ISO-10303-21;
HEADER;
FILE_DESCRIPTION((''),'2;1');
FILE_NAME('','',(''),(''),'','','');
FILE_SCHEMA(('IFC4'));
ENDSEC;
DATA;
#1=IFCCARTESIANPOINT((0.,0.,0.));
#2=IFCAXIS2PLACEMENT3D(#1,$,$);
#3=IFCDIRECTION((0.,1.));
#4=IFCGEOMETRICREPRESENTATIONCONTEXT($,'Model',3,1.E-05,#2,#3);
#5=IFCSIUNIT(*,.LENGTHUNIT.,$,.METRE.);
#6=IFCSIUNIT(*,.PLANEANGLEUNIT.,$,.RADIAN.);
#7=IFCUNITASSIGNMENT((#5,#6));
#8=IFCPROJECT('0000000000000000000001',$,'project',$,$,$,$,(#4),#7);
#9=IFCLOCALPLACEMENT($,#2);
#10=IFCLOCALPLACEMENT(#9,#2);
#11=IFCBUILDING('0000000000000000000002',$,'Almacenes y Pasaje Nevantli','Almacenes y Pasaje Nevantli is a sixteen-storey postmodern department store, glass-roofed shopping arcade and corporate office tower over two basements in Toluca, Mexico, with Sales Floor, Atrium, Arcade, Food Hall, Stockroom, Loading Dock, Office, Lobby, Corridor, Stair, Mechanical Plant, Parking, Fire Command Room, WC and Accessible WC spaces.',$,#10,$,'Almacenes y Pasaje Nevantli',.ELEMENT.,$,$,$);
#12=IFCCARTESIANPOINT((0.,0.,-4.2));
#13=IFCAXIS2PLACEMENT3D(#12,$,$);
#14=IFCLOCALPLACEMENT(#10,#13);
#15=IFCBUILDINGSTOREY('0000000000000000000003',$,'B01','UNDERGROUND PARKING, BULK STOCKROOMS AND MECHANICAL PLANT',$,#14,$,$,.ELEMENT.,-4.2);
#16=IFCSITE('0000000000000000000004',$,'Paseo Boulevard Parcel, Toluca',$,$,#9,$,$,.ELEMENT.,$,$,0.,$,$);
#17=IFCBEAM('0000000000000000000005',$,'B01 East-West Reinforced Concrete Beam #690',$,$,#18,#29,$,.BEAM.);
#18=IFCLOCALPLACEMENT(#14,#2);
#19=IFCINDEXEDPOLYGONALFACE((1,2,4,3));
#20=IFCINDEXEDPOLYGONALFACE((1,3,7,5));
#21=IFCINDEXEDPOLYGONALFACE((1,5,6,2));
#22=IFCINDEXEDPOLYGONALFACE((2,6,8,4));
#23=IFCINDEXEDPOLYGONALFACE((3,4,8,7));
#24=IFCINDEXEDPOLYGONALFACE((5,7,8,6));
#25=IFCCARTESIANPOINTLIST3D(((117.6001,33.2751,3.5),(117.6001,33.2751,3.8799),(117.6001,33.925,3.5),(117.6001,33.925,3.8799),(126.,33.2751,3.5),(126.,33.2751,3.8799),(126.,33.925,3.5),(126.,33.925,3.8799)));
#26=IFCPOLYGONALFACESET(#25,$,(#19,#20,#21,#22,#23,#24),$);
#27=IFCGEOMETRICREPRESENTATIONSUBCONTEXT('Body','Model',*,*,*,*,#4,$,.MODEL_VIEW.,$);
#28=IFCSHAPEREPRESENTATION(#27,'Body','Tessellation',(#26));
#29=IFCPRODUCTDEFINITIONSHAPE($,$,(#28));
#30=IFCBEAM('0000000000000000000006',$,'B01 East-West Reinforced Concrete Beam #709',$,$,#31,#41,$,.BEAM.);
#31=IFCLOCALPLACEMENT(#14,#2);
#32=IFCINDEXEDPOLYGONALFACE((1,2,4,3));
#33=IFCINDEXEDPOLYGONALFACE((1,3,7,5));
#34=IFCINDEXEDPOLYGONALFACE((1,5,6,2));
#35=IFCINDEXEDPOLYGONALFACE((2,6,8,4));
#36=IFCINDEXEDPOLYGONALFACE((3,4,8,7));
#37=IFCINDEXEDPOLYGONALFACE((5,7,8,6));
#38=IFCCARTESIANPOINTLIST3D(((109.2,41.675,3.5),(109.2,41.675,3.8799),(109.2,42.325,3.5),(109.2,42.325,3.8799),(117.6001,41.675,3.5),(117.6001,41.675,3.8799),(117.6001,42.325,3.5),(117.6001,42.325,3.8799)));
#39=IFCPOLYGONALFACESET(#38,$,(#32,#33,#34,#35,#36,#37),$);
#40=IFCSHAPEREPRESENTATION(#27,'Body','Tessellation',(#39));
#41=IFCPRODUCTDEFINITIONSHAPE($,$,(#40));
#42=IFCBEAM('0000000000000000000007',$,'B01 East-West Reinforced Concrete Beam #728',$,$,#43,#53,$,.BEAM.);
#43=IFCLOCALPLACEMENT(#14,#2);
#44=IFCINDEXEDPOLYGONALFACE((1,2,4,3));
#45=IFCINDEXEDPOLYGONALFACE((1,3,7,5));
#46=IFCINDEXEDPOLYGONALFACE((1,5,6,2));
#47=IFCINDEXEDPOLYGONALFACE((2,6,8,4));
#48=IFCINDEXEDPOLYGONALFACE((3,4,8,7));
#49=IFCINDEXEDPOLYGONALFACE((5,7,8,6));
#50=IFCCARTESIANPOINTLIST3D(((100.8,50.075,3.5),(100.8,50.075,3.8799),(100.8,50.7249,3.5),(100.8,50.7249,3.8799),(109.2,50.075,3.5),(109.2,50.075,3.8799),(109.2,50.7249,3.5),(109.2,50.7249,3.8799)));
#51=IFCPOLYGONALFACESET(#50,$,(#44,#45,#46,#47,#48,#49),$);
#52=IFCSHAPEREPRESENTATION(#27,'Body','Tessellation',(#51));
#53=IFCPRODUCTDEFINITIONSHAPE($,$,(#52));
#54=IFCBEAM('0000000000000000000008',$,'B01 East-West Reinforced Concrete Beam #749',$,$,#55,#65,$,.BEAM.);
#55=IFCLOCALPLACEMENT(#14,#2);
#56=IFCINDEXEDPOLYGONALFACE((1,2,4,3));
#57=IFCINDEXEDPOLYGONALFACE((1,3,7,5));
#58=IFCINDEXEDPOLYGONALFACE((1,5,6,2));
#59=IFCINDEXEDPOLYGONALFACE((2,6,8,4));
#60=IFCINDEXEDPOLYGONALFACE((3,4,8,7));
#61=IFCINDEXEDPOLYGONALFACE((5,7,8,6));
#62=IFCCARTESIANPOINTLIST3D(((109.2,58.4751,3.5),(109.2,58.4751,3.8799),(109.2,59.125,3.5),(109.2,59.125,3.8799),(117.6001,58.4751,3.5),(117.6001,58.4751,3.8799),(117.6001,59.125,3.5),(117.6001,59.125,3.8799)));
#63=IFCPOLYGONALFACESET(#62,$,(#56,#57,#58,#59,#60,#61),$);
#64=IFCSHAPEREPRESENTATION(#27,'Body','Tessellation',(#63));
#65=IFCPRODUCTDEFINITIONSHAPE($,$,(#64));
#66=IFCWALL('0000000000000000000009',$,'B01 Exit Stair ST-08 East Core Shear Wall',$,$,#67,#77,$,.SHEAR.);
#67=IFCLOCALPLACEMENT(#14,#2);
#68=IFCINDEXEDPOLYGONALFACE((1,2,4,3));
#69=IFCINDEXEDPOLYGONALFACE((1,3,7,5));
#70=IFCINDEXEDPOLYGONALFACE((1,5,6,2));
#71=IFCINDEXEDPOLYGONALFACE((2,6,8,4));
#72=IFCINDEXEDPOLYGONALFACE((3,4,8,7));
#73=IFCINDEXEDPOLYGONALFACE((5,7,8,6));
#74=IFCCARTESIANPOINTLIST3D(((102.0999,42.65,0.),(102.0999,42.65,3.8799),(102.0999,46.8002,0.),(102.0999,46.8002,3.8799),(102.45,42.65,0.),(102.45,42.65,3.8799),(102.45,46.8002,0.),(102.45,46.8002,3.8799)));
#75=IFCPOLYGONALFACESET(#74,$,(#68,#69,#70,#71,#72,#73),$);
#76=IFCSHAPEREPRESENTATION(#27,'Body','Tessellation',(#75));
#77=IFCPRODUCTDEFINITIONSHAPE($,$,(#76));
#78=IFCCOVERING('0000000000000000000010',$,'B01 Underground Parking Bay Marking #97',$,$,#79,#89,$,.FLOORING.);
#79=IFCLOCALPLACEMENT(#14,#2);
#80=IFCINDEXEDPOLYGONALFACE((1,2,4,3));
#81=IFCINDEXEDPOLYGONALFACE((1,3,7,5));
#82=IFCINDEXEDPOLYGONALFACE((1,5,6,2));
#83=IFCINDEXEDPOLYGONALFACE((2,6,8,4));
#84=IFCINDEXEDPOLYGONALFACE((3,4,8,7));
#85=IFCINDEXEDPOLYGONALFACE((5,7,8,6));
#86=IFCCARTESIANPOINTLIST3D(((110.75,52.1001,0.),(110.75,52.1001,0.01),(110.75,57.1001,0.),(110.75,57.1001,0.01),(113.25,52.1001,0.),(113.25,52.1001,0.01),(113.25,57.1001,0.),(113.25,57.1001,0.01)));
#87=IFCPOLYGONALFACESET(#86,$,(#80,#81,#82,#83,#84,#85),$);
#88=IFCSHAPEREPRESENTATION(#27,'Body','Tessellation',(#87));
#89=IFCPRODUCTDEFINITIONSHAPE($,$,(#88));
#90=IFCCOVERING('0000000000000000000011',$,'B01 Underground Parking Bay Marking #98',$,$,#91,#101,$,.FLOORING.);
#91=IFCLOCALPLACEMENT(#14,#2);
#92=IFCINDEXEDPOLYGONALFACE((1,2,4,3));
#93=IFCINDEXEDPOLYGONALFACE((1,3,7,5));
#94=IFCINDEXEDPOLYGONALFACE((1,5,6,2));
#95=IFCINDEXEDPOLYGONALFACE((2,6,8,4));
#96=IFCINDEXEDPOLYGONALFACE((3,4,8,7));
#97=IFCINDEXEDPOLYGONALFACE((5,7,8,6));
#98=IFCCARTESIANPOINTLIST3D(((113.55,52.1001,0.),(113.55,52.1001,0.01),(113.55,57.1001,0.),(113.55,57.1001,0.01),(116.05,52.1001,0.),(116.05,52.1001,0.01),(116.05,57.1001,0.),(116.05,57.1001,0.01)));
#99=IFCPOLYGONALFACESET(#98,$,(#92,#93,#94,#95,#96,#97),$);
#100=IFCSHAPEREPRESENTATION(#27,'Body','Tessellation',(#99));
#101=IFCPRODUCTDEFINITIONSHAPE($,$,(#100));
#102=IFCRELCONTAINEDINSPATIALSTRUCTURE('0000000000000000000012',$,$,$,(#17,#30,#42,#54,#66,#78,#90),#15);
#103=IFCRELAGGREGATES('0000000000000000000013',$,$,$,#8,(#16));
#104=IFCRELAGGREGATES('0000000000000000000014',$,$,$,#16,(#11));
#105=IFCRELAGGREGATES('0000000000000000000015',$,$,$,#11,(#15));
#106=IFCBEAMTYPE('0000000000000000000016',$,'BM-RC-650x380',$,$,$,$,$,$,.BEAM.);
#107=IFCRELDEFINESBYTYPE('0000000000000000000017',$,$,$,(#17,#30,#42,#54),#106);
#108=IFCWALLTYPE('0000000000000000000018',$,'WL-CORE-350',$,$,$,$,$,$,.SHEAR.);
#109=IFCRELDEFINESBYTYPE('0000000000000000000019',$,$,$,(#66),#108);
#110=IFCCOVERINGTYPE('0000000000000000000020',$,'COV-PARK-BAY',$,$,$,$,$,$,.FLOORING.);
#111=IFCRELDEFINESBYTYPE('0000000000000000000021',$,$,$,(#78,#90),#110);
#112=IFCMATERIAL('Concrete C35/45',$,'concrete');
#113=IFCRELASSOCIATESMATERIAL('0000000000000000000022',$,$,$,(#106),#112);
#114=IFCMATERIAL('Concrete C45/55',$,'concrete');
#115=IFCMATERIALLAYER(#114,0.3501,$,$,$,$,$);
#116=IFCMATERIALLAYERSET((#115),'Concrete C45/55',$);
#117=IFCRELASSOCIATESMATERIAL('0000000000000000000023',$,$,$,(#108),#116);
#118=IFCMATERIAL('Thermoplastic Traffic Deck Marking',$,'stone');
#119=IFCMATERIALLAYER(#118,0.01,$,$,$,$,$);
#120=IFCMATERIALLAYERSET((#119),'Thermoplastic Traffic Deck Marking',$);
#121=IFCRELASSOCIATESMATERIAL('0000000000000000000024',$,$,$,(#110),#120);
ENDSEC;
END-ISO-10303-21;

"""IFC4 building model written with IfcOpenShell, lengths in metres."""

from ifc_helpers import new_model, si_unit, direction, frame, frame_2d, origin, origin_2d, place, context, subcontext, project, spatial, rectangle, extrude, material, layer, layer_set, material_profile, profile_set, type_object, element, save


model = new_model("IFC4")

# Units and contexts
model_context = context("Model", 3, precision=1e-05, world=origin(), true_north=direction((0.0, 1.0)))
body_context = subcontext(model_context, "Body", "Model", "MODEL_VIEW")
ifc_project = project(units=[si_unit("LENGTHUNIT", "METRE"), si_unit("PLANEANGLEUNIT", "RADIAN")], contexts=[model_context])

# Site, building, storey
site_placement = place(None, origin())
site = spatial("IfcSite", under=ifc_project, at=site_placement, Name="Paseo Boulevard Parcel, Toluca", CompositionType="ELEMENT", RefElevation=0.0)
building_placement = place(site_placement, origin())
building = spatial("IfcBuilding", under=site, at=building_placement, Name="Almacenes y Pasaje Nevantli", Description="Almacenes y Pasaje Nevantli is a sixteen-storey postmodern department store, glass-roofed shopping arcade and corporate office tower over two basements in Toluca, Mexico, with Sales Floor, Atrium, Arcade, Food Hall, Stockroom, Loading Dock, Office, Lobby, Corridor, Stair, Mechanical Plant, Parking, Fire Command Room, WC and Accessible WC spaces.", LongName="Almacenes y Pasaje Nevantli", CompositionType="ELEMENT")
storey_placement = place(building_placement, frame((0.0, 0.0, -4.2)))
storey = spatial("IfcBuildingStorey", under=building, at=storey_placement, Name="B01", Description="UNDERGROUND PARKING, BULK STOCKROOMS AND MECHANICAL PLANT", CompositionType="ELEMENT", Elevation=-4.2)

# Beams
ifc_material_1 = material(Name="Concrete C35/45", Category="concrete")
ifc_material_profile_1 = material_profile(ifc_material_1, rectangle(XDim=0.6499, YDim=0.3799, at=origin_2d()), Name="RC-BM-650x380")
ifc_profile_set_1 = profile_set([ifc_material_profile_1], Name="Concrete C35/45")
beam_type_1 = type_object("IfcBeamType", Name="BM-RC-650x380", PredefinedType="BEAM", material=ifc_profile_set_1)
beam_1_placement = place(storey_placement, frame((117.6001, 33.6001, 3.6899), z_axis=(1.0, 0.0, 0.0), x_axis=(0.0, 1.0, 0.0)))
element("IfcBeam", 1, at=beam_1_placement, inside=storey, type_object=beam_type_1, Name="B01 East-West Reinforced Concrete Beam #690", PredefinedType="BEAM", context=body_context, shape_type="SweptSolid", body=[
    extrude(rectangle(XDim=0.6499, YDim=0.3799, at=origin_2d()), origin(), (0.0, 0.0, 1.0), 8.3999),
])
beam_2_placement = place(storey_placement, frame((109.2, 42.0, 3.6899), z_axis=(1.0, 0.0, 0.0), x_axis=(0.0, 1.0, 0.0)))
element("IfcBeam", 2, at=beam_2_placement, inside=storey, type_object=beam_type_1, Name="B01 East-West Reinforced Concrete Beam #709", PredefinedType="BEAM", context=body_context, shape_type="SweptSolid", body=[
    extrude(rectangle(XDim=0.6499, YDim=0.3799, at=origin_2d()), origin(), (0.0, 0.0, 1.0), 8.4001),
])
beam_3_placement = place(storey_placement, frame((100.8, 50.3999, 3.6899), z_axis=(1.0, 0.0, 0.0), x_axis=(0.0, 1.0, 0.0)))
element("IfcBeam", 3, at=beam_3_placement, inside=storey, type_object=beam_type_1, Name="B01 East-West Reinforced Concrete Beam #728", PredefinedType="BEAM", context=body_context, shape_type="SweptSolid", body=[
    extrude(rectangle(XDim=0.6499, YDim=0.3799, at=origin_2d()), origin(), (0.0, 0.0, 1.0), 8.3999),
])
beam_4_placement = place(storey_placement, frame((109.2, 58.8, 3.6899), z_axis=(1.0, 0.0, 0.0), x_axis=(0.0, 1.0, 0.0)))
element("IfcBeam", 4, at=beam_4_placement, inside=storey, type_object=beam_type_1, Name="B01 East-West Reinforced Concrete Beam #749", PredefinedType="BEAM", context=body_context, shape_type="SweptSolid", body=[
    extrude(rectangle(XDim=0.6499, YDim=0.3799, at=origin_2d()), origin(), (0.0, 0.0, 1.0), 8.4001),
])

# Wall
ifc_material_2 = material(Name="Concrete C45/55", Category="concrete")
ifc_layer_1 = layer(ifc_material_2, 0.3501)
ifc_layer_set_1 = layer_set([ifc_layer_1], Name="Concrete C45/55")
wall_type = type_object("IfcWallType", Name="WL-CORE-350", PredefinedType="SHEAR", material=ifc_layer_set_1)
wall_placement = place(storey_placement, frame((102.2749, 42.6499, 0.0), z_axis=(0.0, 0.0, 1.0), x_axis=(0.0, 1.0, 0.0)))
element("IfcWall", 5, at=wall_placement, inside=storey, type_object=wall_type, Name="B01 Exit Stair ST-08 East Core Shear Wall", PredefinedType="SHEAR", context=body_context, shape_type="SweptSolid", body=[
    extrude(rectangle(XDim=4.1501, YDim=0.3501, at=frame_2d((2.0752, 0.0))), origin(), (0.0, 0.0, 1.0), 3.8799),
])

# Coverings
ifc_material_3 = material(Name="Thermoplastic Traffic Deck Marking", Category="stone")
ifc_layer_2 = layer(ifc_material_3, 0.01)
ifc_layer_set_2 = layer_set([ifc_layer_2], Name="Thermoplastic Traffic Deck Marking")
covering_type = type_object("IfcCoveringType", Name="COV-PARK-BAY", PredefinedType="FLOORING", material=ifc_layer_set_2)
for number, where, z_axis, x_axis, name in (
    (6, (112.0, 54.6001, 0.0), (0.0, 0.0, 1.0), (1.0, 0.0, 0.0), "B01 Underground Parking Bay Marking #97"),
    (7, (114.8, 54.6001, 0.0), (0.0, 0.0, 1.0), (1.0, 0.0, 0.0), "B01 Underground Parking Bay Marking #98"),
):
    element("IfcCovering", number, at=place(storey_placement, frame(where, z_axis=z_axis, x_axis=x_axis)), inside=storey, type_object=covering_type, Name=name, PredefinedType="FLOORING", context=body_context, shape_type="SweptSolid", body=[
        extrude(rectangle(XDim=2.5, YDim=5.0, at=origin_2d()), origin(), (0.0, 0.0, 1.0), 0.01),
    ])

save(model, "model.ifc")
